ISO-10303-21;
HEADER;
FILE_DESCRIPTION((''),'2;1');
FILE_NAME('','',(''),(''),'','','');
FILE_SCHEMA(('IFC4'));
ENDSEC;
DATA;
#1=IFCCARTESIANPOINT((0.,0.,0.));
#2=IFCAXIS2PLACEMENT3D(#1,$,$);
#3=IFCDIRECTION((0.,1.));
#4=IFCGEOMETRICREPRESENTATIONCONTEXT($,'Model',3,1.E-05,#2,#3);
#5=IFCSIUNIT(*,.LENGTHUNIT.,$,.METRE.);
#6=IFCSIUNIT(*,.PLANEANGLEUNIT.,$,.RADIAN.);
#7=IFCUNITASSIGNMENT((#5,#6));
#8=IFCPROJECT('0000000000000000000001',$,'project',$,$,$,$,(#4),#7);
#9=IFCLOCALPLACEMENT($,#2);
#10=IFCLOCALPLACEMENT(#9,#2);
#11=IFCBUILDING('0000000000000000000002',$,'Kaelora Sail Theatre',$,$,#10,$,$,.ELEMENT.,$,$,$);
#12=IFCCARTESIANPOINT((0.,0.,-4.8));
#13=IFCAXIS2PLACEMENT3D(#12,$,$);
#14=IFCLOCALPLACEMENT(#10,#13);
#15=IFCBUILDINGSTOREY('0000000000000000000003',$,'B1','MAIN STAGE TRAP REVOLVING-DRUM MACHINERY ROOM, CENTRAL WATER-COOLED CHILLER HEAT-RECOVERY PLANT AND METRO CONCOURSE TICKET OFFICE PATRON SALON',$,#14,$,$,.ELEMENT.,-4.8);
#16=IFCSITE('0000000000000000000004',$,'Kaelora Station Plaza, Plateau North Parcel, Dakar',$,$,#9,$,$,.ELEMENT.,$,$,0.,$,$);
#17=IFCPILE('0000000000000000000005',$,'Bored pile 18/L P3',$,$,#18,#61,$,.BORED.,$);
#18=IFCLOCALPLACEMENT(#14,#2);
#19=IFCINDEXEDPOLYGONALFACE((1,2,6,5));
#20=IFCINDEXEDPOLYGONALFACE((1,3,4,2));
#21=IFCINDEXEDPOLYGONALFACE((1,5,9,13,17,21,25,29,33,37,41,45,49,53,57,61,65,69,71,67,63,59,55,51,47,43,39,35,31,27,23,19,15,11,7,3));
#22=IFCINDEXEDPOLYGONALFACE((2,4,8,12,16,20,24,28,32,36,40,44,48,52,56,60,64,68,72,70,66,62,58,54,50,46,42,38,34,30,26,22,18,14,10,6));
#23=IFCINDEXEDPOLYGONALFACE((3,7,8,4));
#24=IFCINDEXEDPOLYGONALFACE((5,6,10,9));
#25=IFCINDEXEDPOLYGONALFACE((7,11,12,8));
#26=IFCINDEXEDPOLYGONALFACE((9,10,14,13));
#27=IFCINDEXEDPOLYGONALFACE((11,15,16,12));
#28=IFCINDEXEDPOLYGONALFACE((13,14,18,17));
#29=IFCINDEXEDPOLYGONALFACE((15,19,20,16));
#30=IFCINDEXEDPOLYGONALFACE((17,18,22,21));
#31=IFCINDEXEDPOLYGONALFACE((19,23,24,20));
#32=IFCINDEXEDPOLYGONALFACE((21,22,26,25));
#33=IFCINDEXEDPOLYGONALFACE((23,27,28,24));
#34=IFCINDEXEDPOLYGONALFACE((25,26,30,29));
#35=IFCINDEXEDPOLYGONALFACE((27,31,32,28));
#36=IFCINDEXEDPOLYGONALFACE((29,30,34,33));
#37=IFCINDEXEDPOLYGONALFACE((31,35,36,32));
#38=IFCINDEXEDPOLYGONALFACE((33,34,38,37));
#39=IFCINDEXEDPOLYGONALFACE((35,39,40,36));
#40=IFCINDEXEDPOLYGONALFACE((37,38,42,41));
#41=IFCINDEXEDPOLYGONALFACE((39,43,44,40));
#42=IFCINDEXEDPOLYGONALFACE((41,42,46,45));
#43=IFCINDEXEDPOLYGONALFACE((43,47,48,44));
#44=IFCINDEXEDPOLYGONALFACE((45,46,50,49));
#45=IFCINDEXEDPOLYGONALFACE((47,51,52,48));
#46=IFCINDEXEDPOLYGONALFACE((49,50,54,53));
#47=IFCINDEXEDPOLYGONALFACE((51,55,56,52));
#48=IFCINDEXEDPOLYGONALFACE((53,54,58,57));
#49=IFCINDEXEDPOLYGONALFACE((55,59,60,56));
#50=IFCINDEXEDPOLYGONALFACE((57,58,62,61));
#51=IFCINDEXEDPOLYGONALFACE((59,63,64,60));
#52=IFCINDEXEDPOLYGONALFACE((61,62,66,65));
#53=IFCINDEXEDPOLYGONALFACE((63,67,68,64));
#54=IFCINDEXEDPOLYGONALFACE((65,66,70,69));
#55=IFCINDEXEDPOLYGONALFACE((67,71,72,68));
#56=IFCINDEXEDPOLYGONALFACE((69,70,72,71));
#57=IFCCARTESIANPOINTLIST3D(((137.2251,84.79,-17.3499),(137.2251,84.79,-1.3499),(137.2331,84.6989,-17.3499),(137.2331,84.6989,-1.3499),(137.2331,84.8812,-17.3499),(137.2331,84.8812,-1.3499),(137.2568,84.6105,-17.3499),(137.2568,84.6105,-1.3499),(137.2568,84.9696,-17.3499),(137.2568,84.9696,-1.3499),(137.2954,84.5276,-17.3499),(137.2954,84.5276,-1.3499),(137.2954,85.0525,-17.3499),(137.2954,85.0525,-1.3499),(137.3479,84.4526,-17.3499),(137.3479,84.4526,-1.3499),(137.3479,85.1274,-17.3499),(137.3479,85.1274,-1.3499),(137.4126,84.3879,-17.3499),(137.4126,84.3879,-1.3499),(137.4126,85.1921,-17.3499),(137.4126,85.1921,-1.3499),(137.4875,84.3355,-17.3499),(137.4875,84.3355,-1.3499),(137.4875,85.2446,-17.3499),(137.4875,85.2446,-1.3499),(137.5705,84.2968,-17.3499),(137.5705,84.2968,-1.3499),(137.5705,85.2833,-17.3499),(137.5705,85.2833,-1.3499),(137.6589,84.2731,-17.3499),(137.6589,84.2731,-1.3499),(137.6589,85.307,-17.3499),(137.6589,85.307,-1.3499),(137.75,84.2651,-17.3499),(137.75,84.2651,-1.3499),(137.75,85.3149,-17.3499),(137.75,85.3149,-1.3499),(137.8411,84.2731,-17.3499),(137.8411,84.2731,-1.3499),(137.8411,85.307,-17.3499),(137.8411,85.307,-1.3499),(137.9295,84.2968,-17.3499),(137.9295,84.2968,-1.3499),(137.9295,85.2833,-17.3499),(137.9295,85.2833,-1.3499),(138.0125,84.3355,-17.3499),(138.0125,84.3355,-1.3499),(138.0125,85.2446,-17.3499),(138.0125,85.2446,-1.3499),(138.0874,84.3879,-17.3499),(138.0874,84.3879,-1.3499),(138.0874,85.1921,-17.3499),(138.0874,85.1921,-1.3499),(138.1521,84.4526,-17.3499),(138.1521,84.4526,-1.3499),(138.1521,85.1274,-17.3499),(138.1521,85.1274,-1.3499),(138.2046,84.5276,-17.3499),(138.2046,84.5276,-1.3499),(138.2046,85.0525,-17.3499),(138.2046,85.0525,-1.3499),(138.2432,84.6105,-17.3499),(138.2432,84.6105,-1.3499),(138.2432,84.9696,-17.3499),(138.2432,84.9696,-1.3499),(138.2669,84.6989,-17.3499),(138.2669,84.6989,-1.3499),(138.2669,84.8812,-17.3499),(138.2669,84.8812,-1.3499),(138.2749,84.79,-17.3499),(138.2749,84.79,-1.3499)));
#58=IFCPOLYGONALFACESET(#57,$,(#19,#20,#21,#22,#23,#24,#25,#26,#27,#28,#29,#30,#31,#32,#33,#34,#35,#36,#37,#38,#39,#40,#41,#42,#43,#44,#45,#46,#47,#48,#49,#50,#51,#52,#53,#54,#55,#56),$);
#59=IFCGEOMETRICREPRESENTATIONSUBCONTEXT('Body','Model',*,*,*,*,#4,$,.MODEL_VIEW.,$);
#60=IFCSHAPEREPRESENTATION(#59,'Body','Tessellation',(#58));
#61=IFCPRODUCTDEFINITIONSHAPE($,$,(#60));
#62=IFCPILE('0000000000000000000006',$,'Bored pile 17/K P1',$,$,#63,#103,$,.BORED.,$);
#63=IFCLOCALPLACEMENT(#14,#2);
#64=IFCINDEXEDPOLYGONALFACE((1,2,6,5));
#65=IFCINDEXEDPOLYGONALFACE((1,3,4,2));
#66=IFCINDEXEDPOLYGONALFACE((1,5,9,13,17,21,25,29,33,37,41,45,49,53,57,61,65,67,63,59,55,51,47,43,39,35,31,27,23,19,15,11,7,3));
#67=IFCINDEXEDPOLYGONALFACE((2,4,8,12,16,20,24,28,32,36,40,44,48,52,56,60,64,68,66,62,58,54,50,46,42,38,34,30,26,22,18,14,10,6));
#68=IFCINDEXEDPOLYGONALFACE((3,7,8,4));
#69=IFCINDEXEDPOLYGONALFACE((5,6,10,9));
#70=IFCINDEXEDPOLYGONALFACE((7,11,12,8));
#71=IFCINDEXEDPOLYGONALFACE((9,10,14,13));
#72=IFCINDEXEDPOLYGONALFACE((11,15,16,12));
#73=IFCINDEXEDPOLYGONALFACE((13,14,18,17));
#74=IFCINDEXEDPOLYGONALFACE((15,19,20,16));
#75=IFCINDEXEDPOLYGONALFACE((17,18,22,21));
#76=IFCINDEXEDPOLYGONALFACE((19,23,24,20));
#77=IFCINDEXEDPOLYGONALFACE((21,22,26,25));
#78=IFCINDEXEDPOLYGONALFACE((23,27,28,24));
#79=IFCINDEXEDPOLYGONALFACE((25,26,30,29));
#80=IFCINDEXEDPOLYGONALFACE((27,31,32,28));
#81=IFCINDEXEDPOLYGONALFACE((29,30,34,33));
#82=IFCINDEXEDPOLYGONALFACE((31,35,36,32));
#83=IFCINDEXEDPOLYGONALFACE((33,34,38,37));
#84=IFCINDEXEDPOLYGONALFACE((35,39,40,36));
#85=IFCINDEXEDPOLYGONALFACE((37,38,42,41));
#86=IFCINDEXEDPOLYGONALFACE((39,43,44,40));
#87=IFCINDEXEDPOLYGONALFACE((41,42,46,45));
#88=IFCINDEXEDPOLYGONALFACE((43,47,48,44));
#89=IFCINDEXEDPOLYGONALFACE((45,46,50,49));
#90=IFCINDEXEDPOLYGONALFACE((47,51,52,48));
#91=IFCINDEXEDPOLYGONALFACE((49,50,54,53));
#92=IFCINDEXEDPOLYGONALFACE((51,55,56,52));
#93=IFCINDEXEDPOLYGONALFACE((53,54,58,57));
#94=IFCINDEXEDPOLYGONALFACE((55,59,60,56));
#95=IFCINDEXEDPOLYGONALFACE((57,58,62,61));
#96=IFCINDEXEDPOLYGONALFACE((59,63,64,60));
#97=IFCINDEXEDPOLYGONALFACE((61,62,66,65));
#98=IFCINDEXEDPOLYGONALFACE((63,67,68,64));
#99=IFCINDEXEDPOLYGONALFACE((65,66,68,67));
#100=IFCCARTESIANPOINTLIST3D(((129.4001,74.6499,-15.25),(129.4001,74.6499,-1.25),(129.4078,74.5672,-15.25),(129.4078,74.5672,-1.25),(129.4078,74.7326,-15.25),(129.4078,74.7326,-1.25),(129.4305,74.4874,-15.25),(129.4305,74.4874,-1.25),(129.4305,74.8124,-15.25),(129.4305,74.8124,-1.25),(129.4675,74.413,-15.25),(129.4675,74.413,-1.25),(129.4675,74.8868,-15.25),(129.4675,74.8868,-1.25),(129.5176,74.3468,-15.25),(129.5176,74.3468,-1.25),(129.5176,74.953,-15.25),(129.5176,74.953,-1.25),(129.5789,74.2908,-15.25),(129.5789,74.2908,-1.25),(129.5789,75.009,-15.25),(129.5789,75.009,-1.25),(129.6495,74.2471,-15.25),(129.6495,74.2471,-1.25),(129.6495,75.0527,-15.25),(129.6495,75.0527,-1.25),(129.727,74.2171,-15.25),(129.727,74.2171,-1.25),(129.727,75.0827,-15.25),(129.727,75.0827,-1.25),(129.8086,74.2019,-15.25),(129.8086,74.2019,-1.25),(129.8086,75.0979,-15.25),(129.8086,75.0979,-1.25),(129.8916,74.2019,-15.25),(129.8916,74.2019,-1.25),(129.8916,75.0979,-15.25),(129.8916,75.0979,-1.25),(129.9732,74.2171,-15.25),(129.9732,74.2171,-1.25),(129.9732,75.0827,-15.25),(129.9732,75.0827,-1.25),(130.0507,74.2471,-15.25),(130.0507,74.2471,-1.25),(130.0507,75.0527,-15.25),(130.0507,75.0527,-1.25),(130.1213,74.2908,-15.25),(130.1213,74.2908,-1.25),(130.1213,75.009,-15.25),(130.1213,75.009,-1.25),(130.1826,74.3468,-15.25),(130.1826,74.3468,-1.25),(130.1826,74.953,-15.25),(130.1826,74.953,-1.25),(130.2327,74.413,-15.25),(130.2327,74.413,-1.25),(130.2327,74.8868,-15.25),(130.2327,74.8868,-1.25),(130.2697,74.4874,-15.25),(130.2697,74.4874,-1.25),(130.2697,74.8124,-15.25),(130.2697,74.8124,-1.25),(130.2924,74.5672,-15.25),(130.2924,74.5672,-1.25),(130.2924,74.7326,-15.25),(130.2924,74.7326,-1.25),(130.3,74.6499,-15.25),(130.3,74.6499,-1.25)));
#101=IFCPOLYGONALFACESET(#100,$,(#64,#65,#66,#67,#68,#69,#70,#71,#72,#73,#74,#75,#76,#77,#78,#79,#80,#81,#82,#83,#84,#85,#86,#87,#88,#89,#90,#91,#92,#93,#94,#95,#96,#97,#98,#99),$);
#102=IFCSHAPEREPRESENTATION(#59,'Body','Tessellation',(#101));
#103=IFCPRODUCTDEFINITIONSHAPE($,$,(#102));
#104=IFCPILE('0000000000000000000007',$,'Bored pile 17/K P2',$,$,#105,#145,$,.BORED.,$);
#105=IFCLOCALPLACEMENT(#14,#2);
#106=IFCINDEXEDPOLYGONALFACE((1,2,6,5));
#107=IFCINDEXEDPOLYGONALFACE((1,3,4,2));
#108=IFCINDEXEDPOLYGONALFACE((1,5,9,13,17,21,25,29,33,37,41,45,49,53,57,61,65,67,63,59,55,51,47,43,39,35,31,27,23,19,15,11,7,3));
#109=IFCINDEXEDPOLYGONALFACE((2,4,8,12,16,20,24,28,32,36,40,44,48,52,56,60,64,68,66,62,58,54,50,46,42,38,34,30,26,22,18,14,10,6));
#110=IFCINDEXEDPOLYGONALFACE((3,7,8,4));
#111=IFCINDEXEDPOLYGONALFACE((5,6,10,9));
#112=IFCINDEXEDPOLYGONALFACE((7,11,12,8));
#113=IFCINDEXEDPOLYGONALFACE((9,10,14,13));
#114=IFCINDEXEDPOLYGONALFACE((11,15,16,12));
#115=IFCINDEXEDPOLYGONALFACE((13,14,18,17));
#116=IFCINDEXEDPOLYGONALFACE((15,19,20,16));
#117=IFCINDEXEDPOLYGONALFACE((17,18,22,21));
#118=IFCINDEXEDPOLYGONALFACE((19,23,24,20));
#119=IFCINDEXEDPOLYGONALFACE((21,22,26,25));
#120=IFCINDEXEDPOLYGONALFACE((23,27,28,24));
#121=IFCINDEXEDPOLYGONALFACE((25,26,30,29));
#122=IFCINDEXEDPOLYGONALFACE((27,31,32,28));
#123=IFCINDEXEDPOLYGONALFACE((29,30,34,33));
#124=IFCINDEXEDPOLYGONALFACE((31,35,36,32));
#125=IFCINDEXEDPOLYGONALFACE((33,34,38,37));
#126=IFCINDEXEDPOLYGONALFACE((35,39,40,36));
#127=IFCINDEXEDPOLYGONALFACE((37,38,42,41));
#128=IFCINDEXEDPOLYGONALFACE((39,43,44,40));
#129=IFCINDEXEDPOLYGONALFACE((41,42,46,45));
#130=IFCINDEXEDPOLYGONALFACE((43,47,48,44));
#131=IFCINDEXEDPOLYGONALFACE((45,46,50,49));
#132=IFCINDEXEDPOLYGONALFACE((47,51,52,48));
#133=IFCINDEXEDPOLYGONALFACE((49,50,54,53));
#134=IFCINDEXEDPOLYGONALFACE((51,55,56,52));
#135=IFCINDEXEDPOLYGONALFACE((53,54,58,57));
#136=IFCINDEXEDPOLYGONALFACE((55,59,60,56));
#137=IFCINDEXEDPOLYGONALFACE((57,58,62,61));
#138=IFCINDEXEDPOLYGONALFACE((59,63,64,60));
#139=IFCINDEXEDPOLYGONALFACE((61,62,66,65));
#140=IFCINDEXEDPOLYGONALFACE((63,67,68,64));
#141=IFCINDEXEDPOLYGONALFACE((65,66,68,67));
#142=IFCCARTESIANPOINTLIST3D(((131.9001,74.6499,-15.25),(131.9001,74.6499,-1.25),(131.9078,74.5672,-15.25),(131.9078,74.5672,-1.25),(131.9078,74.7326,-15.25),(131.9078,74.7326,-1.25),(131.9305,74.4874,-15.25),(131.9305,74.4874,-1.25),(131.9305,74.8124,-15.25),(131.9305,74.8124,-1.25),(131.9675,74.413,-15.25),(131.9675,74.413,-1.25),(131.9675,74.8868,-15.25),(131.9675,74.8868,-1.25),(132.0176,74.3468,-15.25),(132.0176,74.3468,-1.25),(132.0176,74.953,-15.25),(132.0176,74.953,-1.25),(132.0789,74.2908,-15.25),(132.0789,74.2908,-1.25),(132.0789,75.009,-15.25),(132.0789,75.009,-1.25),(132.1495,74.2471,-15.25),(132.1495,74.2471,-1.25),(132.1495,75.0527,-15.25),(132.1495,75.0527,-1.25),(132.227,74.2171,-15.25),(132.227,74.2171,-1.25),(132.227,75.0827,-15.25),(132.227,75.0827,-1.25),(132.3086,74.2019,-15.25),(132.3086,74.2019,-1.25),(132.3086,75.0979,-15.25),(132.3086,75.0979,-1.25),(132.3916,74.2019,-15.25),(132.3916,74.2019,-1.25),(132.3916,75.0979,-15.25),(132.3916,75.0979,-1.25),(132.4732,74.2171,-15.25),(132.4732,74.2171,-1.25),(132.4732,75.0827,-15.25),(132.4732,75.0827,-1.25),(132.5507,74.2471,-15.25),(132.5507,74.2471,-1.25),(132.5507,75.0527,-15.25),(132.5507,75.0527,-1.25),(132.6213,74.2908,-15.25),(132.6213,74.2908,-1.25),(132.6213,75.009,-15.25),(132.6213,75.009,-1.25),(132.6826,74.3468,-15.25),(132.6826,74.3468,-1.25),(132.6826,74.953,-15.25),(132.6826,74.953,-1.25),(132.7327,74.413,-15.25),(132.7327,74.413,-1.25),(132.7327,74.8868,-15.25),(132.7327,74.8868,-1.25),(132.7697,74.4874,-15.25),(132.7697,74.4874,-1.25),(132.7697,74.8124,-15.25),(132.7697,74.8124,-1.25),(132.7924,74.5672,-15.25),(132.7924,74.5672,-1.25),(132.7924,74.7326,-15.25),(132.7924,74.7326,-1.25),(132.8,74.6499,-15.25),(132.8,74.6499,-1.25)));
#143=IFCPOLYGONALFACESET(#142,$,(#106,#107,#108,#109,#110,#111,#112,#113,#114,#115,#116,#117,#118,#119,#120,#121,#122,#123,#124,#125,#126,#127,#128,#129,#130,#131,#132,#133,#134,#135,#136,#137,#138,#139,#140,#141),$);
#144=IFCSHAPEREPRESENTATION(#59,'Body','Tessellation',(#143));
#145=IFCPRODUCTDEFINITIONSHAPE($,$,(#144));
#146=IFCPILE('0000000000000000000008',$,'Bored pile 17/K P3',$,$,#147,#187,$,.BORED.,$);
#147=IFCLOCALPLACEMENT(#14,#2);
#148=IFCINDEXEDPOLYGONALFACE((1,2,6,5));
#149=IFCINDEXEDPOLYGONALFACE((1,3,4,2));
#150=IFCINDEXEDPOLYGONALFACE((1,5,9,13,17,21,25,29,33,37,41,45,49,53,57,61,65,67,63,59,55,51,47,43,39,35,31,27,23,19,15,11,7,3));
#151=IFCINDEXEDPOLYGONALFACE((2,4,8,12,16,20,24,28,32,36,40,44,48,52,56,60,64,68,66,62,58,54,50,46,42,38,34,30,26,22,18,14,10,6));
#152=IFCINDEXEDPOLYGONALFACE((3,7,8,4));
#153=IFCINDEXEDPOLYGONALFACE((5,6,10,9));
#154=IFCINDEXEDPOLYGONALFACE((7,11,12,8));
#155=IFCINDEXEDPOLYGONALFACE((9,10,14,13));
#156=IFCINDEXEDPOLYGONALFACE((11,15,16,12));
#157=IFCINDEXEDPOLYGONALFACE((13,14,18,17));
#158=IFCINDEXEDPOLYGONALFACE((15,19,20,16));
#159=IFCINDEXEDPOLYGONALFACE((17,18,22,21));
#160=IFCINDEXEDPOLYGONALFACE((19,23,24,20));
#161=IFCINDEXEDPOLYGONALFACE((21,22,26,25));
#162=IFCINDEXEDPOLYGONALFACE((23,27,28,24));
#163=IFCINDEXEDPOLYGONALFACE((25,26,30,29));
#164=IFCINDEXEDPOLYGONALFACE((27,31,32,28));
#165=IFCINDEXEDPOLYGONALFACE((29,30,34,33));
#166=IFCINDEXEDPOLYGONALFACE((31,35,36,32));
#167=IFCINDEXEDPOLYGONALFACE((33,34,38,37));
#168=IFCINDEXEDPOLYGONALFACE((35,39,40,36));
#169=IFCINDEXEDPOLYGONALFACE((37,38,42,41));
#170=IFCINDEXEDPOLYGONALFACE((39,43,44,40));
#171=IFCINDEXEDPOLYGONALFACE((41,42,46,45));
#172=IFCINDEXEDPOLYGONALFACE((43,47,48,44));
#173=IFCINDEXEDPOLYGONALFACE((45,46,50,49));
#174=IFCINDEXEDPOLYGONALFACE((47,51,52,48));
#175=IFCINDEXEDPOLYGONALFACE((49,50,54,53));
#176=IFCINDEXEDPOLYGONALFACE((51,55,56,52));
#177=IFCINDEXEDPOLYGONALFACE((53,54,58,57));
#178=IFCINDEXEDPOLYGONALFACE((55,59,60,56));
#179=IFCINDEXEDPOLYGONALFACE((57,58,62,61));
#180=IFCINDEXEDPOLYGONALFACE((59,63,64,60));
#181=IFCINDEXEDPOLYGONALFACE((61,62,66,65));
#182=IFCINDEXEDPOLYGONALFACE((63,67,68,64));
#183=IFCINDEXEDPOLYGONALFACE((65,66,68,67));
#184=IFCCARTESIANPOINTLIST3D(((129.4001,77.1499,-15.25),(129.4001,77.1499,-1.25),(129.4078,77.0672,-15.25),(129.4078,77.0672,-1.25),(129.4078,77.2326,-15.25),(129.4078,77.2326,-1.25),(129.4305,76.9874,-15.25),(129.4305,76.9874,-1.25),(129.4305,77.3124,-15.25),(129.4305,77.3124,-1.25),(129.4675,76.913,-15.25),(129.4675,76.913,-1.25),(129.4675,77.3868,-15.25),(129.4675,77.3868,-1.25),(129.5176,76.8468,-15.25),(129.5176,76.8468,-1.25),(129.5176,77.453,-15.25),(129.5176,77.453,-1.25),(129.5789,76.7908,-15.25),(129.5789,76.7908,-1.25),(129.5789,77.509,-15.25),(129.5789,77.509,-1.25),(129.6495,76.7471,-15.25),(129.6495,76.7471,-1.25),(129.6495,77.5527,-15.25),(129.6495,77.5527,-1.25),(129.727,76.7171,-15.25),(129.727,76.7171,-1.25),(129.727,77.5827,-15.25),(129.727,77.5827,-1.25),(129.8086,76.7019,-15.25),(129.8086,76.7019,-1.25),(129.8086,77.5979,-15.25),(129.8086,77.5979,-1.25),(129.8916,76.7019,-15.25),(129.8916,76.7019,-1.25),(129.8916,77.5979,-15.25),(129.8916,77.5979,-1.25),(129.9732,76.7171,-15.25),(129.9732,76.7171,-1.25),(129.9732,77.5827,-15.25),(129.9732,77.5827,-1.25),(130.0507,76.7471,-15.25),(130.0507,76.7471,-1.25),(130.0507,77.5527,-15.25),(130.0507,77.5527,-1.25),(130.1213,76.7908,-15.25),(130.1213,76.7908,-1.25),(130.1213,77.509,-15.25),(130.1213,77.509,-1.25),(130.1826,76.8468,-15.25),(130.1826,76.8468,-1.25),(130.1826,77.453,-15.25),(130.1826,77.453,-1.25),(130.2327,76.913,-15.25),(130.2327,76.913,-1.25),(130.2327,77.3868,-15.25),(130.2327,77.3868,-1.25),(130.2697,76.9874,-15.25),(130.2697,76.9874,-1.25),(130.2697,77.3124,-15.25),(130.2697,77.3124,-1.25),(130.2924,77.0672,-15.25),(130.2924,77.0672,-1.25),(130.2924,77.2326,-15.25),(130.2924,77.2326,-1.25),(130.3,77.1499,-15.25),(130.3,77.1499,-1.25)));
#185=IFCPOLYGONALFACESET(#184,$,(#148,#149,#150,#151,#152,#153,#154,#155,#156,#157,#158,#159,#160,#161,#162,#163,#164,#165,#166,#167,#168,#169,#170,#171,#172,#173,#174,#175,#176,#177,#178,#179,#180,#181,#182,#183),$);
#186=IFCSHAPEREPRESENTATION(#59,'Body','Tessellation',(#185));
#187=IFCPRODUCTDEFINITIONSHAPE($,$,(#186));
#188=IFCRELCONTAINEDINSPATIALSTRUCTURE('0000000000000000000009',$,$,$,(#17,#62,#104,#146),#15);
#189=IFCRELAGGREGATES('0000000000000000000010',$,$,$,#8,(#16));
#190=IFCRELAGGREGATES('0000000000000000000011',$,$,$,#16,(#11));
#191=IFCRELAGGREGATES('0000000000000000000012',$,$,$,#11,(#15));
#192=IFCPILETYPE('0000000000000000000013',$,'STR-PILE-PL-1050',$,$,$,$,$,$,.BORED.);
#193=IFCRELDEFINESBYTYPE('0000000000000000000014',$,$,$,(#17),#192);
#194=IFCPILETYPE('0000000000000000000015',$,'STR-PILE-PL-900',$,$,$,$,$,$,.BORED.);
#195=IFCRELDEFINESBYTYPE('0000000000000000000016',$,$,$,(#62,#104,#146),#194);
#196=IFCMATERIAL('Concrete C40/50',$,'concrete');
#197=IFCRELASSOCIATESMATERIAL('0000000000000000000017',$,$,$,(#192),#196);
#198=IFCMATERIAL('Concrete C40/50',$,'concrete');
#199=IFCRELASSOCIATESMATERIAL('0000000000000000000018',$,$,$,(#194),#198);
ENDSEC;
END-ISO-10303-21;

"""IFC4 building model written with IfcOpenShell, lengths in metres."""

from ifc_helpers import new_model, si_unit, direction, frame, origin, origin_2d, place, context, subcontext, project, spatial, circle, extrude, material, material_profile, profile_set, type_object, element, save


model = new_model("IFC4")

# Units and contexts
model_context = context("Model", 3, precision=1e-05, world=origin(), true_north=direction((0.0, 1.0)))
body_context = subcontext(model_context, "Body", "Model", "MODEL_VIEW")
ifc_project = project(units=[si_unit("LENGTHUNIT", "METRE"), si_unit("PLANEANGLEUNIT", "RADIAN")], contexts=[model_context])

# Site, building, storey
site_placement = place(None, origin())
site = spatial("IfcSite", under=ifc_project, at=site_placement, Name="Kaelora Station Plaza, Plateau North Parcel, Dakar", CompositionType="ELEMENT", RefElevation=0.0)
building_placement = place(site_placement, origin())
building = spatial("IfcBuilding", under=site, at=building_placement, Name="Kaelora Sail Theatre", CompositionType="ELEMENT")
storey_placement = place(building_placement, frame((0.0, 0.0, -4.8)))
storey = spatial("IfcBuildingStorey", under=building, at=storey_placement, Name="B1", Description="MAIN STAGE TRAP REVOLVING-DRUM MACHINERY ROOM, CENTRAL WATER-COOLED CHILLER HEAT-RECOVERY PLANT AND METRO CONCOURSE TICKET OFFICE PATRON SALON", CompositionType="ELEMENT", Elevation=-4.8)

# Piles
ifc_material_1 = material(Name="Concrete C40/50", Category="concrete")
ifc_material_profile_1 = material_profile(ifc_material_1, circle(Radius=0.5249, at=origin_2d()), Name="PILE D1050")
ifc_profile_set_1 = profile_set([ifc_material_profile_1], Name="Concrete C40/50")
pile_type_1 = type_object("IfcPileType", Name="STR-PILE-PL-1050", PredefinedType="BORED", material=ifc_profile_set_1)
for number, where, z_axis, x_axis, name in (
    (1, (137.75, 84.79, -1.3499), (0.0, 0.0, -1.0), (1.0, 0.0, 0.0), "Bored pile 18/L P3"),
):
    element("IfcPile", number, at=place(storey_placement, frame(where, z_axis=z_axis, x_axis=x_axis)), inside=storey, type_object=pile_type_1, Name=name, PredefinedType="BORED", context=body_context, shape_type="SweptSolid", body=[
        extrude(circle(Radius=0.5249, at=origin_2d()), origin(), (0.0, 0.0, 1.0), 16.0),
    ])
ifc_material_2 = material(Name="Concrete C40/50", Category="concrete")
ifc_material_profile_2 = material_profile(ifc_material_2, circle(Radius=0.45, at=origin_2d()), Name="PILE D900")
ifc_profile_set_2 = profile_set([ifc_material_profile_2], Name="Concrete C40/50")
pile_type_2 = type_object("IfcPileType", Name="STR-PILE-PL-900", PredefinedType="BORED", material=ifc_profile_set_2)
for number, where, z_axis, x_axis, name in (
    (2, (129.8501, 74.6499, -1.25), (0.0, 0.0, -1.0), (1.0, 0.0, 0.0), "Bored pile 17/K P1"),
    (3, (132.3501, 74.6499, -1.25), (0.0, 0.0, -1.0), (1.0, 0.0, 0.0), "Bored pile 17/K P2"),
    (4, (129.8501, 77.1499, -1.25), (0.0, 0.0, -1.0), (1.0, 0.0, 0.0), "Bored pile 17/K P3"),
):
    element("IfcPile", number, at=place(storey_placement, frame(where, z_axis=z_axis, x_axis=x_axis)), inside=storey, type_object=pile_type_2, Name=name, PredefinedType="BORED", context=body_context, shape_type="SweptSolid", body=[
        extrude(circle(Radius=0.45, at=origin_2d()), origin(), (0.0, 0.0, 1.0), 14.0),
    ])

save(model, "model.ifc")
